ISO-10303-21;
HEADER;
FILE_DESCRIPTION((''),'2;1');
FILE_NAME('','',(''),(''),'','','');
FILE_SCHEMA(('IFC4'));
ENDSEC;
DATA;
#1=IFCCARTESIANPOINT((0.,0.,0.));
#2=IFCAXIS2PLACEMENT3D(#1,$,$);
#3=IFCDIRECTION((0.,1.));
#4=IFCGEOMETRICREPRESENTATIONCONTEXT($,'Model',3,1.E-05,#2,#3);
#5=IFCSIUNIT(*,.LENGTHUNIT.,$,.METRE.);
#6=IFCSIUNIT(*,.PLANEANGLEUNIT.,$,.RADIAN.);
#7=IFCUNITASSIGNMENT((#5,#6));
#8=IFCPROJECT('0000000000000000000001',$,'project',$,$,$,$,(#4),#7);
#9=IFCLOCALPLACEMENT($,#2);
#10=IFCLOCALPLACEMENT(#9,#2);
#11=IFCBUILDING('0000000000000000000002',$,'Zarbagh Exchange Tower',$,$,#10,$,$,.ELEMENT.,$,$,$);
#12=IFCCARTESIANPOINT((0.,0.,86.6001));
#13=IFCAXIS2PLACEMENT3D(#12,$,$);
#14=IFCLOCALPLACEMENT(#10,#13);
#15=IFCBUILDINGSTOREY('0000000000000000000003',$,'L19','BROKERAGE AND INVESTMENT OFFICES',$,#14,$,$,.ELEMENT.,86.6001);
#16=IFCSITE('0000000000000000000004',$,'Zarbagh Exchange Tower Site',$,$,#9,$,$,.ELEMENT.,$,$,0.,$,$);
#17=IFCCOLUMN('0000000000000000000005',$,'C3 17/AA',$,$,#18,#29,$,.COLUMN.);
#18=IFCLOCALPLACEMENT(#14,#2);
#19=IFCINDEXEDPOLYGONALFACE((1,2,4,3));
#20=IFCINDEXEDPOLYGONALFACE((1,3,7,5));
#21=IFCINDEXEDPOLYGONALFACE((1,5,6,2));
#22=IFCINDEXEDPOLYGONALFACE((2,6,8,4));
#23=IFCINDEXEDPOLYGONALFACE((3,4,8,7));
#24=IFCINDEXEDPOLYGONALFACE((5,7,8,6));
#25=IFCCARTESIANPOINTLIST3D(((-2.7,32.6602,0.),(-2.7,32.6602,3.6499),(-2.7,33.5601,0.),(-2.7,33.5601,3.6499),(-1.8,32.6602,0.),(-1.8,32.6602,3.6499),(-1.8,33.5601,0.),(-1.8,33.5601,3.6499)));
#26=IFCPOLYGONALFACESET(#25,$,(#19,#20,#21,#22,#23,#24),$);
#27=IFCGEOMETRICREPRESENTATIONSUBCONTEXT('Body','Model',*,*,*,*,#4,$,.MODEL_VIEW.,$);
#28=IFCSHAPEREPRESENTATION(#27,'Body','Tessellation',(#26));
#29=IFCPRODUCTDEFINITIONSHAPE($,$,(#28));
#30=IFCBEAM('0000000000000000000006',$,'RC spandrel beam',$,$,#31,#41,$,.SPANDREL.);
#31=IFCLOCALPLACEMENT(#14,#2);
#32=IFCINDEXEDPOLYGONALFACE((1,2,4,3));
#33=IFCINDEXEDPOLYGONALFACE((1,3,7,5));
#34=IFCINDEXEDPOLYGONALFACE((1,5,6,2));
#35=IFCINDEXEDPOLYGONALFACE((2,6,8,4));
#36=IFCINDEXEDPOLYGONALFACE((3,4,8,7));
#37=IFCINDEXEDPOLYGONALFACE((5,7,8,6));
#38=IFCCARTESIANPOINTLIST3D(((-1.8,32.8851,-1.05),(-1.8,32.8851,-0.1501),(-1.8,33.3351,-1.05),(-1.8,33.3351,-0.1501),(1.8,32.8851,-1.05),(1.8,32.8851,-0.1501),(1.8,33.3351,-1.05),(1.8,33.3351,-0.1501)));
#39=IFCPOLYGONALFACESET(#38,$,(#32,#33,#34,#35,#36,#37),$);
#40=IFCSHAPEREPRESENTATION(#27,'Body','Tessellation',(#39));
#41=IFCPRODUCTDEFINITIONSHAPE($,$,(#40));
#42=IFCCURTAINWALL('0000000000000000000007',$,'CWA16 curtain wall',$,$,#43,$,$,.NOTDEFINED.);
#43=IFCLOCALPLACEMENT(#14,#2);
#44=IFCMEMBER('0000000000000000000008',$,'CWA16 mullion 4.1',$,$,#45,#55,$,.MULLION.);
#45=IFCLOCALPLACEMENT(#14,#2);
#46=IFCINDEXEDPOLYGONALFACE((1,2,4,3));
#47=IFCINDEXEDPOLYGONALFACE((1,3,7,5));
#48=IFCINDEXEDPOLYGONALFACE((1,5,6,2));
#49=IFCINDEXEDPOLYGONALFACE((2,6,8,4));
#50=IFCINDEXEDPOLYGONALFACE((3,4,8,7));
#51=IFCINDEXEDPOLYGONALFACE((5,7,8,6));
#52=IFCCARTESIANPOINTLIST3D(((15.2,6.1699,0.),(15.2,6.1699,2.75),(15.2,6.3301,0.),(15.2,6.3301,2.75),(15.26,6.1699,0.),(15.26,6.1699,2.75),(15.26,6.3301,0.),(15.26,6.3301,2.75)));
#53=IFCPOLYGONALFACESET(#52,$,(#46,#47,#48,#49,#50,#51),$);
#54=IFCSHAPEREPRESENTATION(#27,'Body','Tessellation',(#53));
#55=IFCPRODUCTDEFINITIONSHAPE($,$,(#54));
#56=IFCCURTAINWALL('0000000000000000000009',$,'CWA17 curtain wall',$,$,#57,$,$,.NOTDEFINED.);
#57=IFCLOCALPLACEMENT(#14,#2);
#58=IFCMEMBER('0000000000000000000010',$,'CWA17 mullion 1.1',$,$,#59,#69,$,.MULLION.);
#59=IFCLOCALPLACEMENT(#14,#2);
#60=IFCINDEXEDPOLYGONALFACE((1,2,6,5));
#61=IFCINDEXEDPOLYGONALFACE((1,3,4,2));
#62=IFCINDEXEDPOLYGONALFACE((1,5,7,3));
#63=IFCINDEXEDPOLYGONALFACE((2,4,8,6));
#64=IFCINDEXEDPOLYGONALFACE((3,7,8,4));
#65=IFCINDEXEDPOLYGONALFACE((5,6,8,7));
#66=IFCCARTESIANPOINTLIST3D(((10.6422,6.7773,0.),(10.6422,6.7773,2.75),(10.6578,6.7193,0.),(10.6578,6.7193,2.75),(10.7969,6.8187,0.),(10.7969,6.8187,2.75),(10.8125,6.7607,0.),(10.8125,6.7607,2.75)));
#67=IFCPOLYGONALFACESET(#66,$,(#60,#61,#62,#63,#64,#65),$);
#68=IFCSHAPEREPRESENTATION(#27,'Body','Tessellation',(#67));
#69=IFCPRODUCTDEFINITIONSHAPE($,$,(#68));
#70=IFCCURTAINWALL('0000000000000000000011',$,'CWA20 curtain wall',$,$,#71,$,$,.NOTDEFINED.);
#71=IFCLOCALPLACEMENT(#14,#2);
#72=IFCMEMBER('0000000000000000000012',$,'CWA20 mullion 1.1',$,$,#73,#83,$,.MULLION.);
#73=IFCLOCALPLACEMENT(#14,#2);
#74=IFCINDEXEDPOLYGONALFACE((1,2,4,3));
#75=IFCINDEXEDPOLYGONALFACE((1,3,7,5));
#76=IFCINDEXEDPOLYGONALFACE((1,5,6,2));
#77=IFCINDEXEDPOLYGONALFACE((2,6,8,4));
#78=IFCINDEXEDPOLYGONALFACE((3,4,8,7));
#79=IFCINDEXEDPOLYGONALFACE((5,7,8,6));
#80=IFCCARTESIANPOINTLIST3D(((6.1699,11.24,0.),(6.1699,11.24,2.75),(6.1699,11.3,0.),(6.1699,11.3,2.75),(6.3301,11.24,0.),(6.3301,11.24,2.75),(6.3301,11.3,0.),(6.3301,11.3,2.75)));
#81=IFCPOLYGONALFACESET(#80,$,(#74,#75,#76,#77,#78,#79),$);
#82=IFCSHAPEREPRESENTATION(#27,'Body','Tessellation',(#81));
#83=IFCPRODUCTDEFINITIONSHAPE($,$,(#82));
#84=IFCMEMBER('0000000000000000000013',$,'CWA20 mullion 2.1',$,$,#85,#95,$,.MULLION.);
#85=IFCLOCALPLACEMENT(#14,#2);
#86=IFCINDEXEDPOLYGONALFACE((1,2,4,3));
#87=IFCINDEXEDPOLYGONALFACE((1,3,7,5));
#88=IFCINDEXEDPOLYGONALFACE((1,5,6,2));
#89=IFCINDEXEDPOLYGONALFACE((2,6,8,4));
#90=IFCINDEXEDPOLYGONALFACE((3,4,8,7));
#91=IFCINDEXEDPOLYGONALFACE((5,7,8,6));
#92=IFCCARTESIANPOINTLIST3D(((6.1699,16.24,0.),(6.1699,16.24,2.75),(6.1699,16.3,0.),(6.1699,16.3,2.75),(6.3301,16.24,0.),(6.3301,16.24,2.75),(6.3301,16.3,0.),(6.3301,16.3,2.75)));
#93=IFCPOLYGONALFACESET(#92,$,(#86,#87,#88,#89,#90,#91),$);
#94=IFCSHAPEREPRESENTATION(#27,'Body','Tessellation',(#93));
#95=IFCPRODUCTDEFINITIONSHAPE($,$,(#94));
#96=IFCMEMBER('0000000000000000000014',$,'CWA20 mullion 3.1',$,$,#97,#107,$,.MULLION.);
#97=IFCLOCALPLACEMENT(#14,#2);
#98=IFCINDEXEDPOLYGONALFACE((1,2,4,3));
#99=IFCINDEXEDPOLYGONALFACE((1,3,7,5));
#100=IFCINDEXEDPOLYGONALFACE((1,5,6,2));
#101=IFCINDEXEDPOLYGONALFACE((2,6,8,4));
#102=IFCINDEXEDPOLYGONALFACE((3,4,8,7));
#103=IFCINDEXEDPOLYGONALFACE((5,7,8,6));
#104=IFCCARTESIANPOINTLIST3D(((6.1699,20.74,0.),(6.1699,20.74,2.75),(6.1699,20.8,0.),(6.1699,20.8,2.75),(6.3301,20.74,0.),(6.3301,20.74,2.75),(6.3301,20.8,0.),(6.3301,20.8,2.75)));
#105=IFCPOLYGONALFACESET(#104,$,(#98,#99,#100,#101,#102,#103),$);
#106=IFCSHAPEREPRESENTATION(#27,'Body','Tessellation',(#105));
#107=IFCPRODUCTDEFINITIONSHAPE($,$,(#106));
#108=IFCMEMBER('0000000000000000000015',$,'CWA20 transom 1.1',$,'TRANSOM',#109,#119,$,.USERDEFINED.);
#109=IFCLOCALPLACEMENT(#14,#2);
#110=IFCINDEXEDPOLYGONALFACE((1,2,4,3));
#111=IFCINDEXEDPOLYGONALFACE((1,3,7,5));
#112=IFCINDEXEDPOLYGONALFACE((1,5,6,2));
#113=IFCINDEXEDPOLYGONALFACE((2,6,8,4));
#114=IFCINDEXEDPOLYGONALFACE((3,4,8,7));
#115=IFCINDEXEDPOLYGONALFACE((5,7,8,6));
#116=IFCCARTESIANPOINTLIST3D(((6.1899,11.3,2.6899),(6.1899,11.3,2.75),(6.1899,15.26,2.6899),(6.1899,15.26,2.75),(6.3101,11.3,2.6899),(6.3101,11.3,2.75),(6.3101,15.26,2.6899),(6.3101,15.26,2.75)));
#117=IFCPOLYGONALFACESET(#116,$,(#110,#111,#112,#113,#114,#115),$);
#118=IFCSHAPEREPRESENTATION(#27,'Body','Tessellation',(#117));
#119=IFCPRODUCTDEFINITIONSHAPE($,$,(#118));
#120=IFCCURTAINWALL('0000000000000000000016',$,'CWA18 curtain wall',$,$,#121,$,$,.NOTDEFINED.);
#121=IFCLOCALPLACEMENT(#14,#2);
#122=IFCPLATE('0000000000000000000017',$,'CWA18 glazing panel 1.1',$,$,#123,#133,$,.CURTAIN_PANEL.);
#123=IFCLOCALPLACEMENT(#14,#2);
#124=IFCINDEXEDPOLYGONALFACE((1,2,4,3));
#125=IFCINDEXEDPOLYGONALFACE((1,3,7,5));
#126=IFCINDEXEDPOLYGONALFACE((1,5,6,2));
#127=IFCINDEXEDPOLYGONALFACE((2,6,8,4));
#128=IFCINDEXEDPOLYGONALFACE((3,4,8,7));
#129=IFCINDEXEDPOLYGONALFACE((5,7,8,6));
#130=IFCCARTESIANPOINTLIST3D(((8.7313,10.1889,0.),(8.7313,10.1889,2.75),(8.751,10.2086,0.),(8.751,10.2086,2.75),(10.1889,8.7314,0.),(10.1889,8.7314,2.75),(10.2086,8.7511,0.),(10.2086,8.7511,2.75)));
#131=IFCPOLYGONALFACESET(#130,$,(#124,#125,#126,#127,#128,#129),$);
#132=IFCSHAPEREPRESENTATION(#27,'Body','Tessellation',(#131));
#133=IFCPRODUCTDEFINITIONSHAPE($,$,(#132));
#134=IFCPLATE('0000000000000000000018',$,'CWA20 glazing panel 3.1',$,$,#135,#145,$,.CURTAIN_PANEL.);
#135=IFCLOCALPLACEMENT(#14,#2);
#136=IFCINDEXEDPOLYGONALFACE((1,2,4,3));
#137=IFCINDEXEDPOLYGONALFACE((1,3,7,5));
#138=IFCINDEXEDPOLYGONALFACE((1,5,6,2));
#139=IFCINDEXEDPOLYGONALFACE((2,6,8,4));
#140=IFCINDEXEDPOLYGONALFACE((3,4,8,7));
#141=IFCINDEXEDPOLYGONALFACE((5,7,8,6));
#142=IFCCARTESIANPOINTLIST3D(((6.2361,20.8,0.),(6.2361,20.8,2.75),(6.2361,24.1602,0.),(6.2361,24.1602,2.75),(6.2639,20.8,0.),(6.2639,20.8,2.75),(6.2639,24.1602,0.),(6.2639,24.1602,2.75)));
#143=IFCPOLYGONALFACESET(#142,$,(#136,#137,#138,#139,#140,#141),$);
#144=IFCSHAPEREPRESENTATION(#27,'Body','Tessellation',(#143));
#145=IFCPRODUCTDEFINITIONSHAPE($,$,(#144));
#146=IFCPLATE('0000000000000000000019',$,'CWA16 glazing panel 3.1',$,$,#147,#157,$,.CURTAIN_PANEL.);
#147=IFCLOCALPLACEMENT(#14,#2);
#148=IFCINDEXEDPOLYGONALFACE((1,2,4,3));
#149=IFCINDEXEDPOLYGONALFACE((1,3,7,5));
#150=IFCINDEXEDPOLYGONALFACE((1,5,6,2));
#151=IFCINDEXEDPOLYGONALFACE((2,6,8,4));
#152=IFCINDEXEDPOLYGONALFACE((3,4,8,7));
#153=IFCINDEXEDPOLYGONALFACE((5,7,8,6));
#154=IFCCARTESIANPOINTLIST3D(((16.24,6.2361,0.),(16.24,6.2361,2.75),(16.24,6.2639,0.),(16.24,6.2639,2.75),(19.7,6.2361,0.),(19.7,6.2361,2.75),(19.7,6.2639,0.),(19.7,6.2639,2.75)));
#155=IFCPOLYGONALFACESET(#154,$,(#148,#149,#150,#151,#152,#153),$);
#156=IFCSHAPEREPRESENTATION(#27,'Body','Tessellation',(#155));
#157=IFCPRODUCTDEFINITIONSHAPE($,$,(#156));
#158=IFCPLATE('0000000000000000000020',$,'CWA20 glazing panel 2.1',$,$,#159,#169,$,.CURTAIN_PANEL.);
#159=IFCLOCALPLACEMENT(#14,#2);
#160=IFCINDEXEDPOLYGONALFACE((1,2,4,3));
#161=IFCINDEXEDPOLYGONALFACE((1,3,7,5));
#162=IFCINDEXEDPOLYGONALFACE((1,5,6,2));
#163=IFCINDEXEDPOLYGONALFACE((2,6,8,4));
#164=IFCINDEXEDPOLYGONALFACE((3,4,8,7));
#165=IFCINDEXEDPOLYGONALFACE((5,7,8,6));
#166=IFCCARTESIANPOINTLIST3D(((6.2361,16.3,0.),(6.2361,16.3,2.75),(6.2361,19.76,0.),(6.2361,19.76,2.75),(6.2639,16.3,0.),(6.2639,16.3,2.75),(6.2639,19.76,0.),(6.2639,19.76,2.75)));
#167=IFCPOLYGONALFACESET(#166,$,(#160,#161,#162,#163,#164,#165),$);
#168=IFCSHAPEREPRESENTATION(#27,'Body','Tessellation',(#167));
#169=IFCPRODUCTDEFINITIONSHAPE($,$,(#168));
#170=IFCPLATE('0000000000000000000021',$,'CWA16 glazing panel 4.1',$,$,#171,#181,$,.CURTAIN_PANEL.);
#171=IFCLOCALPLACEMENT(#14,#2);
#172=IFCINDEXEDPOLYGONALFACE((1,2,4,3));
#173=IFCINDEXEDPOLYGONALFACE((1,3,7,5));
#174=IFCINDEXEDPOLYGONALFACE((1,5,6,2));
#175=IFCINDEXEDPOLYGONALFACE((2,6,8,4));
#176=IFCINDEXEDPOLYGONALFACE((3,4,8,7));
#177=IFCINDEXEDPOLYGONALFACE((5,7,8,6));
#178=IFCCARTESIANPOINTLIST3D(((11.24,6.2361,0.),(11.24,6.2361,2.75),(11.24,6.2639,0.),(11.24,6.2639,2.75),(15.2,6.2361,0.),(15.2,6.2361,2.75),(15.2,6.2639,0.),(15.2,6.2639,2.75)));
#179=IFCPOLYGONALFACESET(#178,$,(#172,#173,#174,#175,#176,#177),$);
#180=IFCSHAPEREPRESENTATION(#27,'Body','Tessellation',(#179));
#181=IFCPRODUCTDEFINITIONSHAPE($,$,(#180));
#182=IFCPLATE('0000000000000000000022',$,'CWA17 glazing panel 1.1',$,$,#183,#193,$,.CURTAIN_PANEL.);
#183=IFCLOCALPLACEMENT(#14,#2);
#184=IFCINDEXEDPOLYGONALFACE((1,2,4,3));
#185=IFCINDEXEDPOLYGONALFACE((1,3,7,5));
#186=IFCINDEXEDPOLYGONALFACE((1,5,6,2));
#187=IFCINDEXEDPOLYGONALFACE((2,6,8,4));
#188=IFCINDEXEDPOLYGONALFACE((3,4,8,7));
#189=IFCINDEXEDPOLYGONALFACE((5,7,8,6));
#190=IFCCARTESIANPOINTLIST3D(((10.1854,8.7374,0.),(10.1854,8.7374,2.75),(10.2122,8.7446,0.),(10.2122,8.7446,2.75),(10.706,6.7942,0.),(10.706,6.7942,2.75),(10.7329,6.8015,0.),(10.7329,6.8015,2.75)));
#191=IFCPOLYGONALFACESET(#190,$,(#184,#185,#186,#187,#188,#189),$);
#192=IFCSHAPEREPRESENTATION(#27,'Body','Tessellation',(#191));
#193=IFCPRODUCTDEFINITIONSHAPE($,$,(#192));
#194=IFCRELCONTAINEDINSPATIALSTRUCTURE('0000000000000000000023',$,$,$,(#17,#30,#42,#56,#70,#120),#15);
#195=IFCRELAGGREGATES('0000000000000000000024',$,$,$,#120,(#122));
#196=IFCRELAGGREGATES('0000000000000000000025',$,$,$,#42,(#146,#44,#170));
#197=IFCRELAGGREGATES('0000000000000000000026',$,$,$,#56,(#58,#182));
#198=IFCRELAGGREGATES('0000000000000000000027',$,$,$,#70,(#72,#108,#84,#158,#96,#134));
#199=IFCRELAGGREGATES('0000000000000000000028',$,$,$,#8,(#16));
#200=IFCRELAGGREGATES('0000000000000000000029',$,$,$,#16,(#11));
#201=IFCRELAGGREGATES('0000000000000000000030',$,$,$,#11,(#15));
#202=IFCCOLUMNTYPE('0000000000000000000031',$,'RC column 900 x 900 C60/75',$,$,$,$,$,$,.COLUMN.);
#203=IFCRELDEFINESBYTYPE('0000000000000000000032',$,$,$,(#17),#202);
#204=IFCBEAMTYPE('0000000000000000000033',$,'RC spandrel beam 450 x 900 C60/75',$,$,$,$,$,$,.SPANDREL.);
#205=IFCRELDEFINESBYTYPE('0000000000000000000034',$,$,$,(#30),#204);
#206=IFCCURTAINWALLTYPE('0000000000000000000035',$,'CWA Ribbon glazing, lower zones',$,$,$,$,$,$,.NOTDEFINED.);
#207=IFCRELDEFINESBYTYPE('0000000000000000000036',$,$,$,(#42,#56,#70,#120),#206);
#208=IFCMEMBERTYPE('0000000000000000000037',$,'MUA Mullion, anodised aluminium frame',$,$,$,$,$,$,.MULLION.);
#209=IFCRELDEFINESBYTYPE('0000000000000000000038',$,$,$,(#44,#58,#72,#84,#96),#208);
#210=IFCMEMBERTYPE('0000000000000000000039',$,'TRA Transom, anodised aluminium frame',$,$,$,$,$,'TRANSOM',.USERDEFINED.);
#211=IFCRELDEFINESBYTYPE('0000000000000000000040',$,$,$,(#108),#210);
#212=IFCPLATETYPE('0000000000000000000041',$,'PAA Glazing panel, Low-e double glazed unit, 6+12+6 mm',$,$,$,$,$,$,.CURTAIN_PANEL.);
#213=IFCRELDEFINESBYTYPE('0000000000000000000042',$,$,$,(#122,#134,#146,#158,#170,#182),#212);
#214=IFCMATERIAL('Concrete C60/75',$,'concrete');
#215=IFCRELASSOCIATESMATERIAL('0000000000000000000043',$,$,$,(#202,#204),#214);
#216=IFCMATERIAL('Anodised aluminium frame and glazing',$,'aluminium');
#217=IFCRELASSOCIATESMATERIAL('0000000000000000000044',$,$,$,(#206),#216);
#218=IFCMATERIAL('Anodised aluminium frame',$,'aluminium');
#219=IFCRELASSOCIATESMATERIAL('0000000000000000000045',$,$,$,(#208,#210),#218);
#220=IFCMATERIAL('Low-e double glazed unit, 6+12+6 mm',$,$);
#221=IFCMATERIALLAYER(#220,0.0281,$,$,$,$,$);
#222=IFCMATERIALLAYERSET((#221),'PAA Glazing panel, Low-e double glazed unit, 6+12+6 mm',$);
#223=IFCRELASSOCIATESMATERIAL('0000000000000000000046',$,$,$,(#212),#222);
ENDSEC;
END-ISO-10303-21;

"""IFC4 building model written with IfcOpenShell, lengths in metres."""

from ifc_helpers import new_model, si_unit, direction, frame, origin, origin_2d, place, context, subcontext, project, spatial, polyline, rectangle, outline, extrude, source, transform, mapped, material, layer, layer_set, material_profile, profile_set, type_object, element, aggregate, save


model = new_model("IFC4")

# Units and contexts
model_context = context("Model", 3, precision=1e-05, world=origin(), true_north=direction((0.0, 1.0)))
body_context = subcontext(model_context, "Body", "Model", "MODEL_VIEW")
ifc_project = project(units=[si_unit("LENGTHUNIT", "METRE"), si_unit("PLANEANGLEUNIT", "RADIAN")], contexts=[model_context])

# Site, building, storey
site_placement = place(None, origin())
site = spatial("IfcSite", under=ifc_project, at=site_placement, Name="Zarbagh Exchange Tower Site", CompositionType="ELEMENT", RefElevation=0.0)
building_placement = place(site_placement, origin())
building = spatial("IfcBuilding", under=site, at=building_placement, Name="Zarbagh Exchange Tower", CompositionType="ELEMENT")
storey_placement = place(building_placement, frame((0.0, 0.0, 86.6001)))
storey = spatial("IfcBuildingStorey", under=building, at=storey_placement, Name="L19", Description="BROKERAGE AND INVESTMENT OFFICES", CompositionType="ELEMENT", Elevation=86.6001)

# Column
ifc_material_1 = material(Name="Concrete C60/75", Category="concrete")
ifc_material_profile_1 = material_profile(ifc_material_1, rectangle(XDim=0.8999, YDim=0.8999, at=origin_2d()), Name="RC column 900 x 900 C60/75")
ifc_profile_set_1 = profile_set([ifc_material_profile_1], Name="Concrete C60/75")
column_type = type_object("IfcColumnType", Name="RC column 900 x 900 C60/75", PredefinedType="COLUMN", material=ifc_profile_set_1)
column_placement = place(storey_placement, frame((-2.25, 33.1101, 0.0), z_axis=(0.0, 0.0, 1.0), x_axis=(1.0, 0.0, 0.0)))
element("IfcColumn", 1, at=column_placement, inside=storey, type_object=column_type, Name="C3 17/AA", PredefinedType="COLUMN", context=body_context, shape_type="SweptSolid", body=[
    extrude(rectangle(XDim=0.8999, YDim=0.8999, at=origin_2d()), origin(), (0.0, 0.0, 1.0), 3.6499),
])

# Beam
ifc_material_profile_2 = material_profile(ifc_material_1, rectangle(XDim=0.45, YDim=0.8999, at=origin_2d()), Name="RC spandrel beam 450 x 900 C60/75")
ifc_profile_set_2 = profile_set([ifc_material_profile_2], Name="Concrete C60/75")
beam_type = type_object("IfcBeamType", Name="RC spandrel beam 450 x 900 C60/75", PredefinedType="SPANDREL", material=ifc_profile_set_2)
beam_placement = place(storey_placement, frame((-1.8, 33.1101, -0.6001), z_axis=(1.0, 0.0, 0.0), x_axis=(0.0, 1.0, 0.0)))
element("IfcBeam", 2, at=beam_placement, inside=storey, type_object=beam_type, Name="RC spandrel beam", PredefinedType="SPANDREL", context=body_context, shape_type="SweptSolid", body=[
    extrude(rectangle(XDim=0.45, YDim=0.8999, at=origin_2d()), origin(), (0.0, 0.0, 1.0), 3.6001),
])

# Curtain walls, members
ifc_material_2 = material(Name="Anodised aluminium frame and glazing", Category="aluminium")
curtain_wall_type = type_object("IfcCurtainWallType", Name="CWA Ribbon glazing, lower zones", PredefinedType="NOTDEFINED", material=ifc_material_2)
curtain_wall_1_placement = place(storey_placement, origin())
curtain_wall_1 = element("IfcCurtainWall", 3, at=curtain_wall_1_placement, inside=storey, type_object=curtain_wall_type, Name="CWA16 curtain wall", PredefinedType="NOTDEFINED")
ifc_material_3 = material(Name="Anodised aluminium frame", Category="aluminium")
member_type_1 = type_object("IfcMemberType", Name="MUA Mullion, anodised aluminium frame", PredefinedType="MULLION", material=ifc_material_3)
shared_shape_1 = source(origin(), body_context, "Body", "SweptSolid", [
    extrude(outline(polyline([(0.0, -0.0801), (0.0601, -0.0801), (0.0601, 0.0801), (0.0, 0.0801), (0.0, -0.0801)])), origin(), (0.0, 0.0, 1.0), 2.75),
])
placement = place(storey_placement, origin())
member_1 = element("IfcMember", 4, at=placement, type_object=member_type_1, Name="CWA16 mullion 4.1", PredefinedType="MULLION", context=body_context, shape_type="MappedRepresentation", body=[
    mapped(shared_shape_1, transform((15.26, 6.25, 0.0), x_axis=(-1.0, 0.0, 0.0), y_axis=(0.0, -1.0, 0.0), z_axis=(0.0, 0.0, 1.0))),
])
curtain_wall_2_placement = place(storey_placement, origin())
curtain_wall_2 = element("IfcCurtainWall", 5, at=curtain_wall_2_placement, inside=storey, type_object=curtain_wall_type, Name="CWA17 curtain wall", PredefinedType="NOTDEFINED")
member_2 = element("IfcMember", 6, at=placement, type_object=member_type_1, Name="CWA17 mullion 1.1", PredefinedType="MULLION", context=body_context, shape_type="MappedRepresentation", body=[
    mapped(shared_shape_1, transform((10.7351, 6.74, 0.0), x_axis=(-0.258825, 0.965924, 0.0), y_axis=(-0.965924, -0.258825, 0.0), z_axis=(0.0, 0.0, 1.0))),
])

# Curtain wall, members
curtain_wall_3_placement = place(storey_placement, origin())
curtain_wall_3 = element("IfcCurtainWall", 7, at=curtain_wall_3_placement, inside=storey, type_object=curtain_wall_type, Name="CWA20 curtain wall", PredefinedType="NOTDEFINED")
member_3 = element("IfcMember", 8, at=placement, type_object=member_type_1, Name="CWA20 mullion 1.1", PredefinedType="MULLION", context=body_context, shape_type="MappedRepresentation", body=[
    mapped(shared_shape_1, transform((6.25, 11.24, 0.0), x_axis=(0.0, 1.0, 0.0), y_axis=(-1.0, 0.0, 0.0), z_axis=(0.0, 0.0, 1.0))),
])
member_4 = element("IfcMember", 9, at=placement, type_object=member_type_1, Name="CWA20 mullion 2.1", PredefinedType="MULLION", context=body_context, shape_type="MappedRepresentation", body=[
    mapped(shared_shape_1, transform((6.25, 16.24, 0.0), x_axis=(0.0, 1.0, 0.0), y_axis=(-1.0, 0.0, 0.0), z_axis=(0.0, 0.0, 1.0))),
])
member_5 = element("IfcMember", 10, at=placement, type_object=member_type_1, Name="CWA20 mullion 3.1", PredefinedType="MULLION", context=body_context, shape_type="MappedRepresentation", body=[
    mapped(shared_shape_1, transform((6.25, 20.74, 0.0), x_axis=(0.0, 1.0, 0.0), y_axis=(-1.0, 0.0, 0.0), z_axis=(0.0, 0.0, 1.0))),
])
member_type_2 = type_object("IfcMemberType", Name="TRA Transom, anodised aluminium frame", ElementType="TRANSOM", PredefinedType="USERDEFINED", material=ifc_material_3)
shared_shape_2 = source(origin(), body_context, "Body", "SweptSolid", [
    extrude(outline(polyline([(-0.0601, -0.0601), (0.0, -0.0601), (0.0, 0.0601), (-0.0601, 0.0601), (-0.0601, -0.0601)])), origin(), (0.0, 0.0, 1.0), 3.96),
])
member_6 = element("IfcMember", 11, at=placement, type_object=member_type_2, Name="CWA20 transom 1.1", ObjectType="TRANSOM", PredefinedType="USERDEFINED", context=body_context, shape_type="MappedRepresentation", body=[
    mapped(shared_shape_2, transform((6.25, 11.3, 2.75), x_axis=(0.0, 0.0, 1.0), y_axis=(1.0, 0.0, 0.0), z_axis=(0.0, 1.0, 0.0))),
])

# Curtain wall, plate
curtain_wall_4_placement = place(storey_placement, origin())
curtain_wall_4 = element("IfcCurtainWall", 12, at=curtain_wall_4_placement, inside=storey, type_object=curtain_wall_type, Name="CWA18 curtain wall", PredefinedType="NOTDEFINED")
ifc_material_4 = material(Name="Low-e double glazed unit, 6+12+6 mm")
ifc_layer_1 = layer(ifc_material_4, 0.0281)
ifc_layer_set_1 = layer_set([ifc_layer_1], Name="PAA Glazing panel, Low-e double glazed unit, 6+12+6 mm")
plate_type = type_object("IfcPlateType", Name="PAA Glazing panel, Low-e double glazed unit, 6+12+6 mm", PredefinedType="CURTAIN_PANEL", material=ifc_layer_set_1)
shared_shape_3 = source(origin(), body_context, "Body", "SweptSolid", [
    extrude(outline(polyline([(0.0, -0.0139), (2.0613, -0.0139), (2.0613, 0.0139), (0.0, 0.0139), (0.0, -0.0139)])), origin(), (0.0, 0.0, 1.0), 2.75),
])
plate_1 = element("IfcPlate", 13, at=placement, type_object=plate_type, Name="CWA18 glazing panel 1.1", PredefinedType="CURTAIN_PANEL", context=body_context, shape_type="MappedRepresentation", body=[
    mapped(shared_shape_3, transform((10.1987, 8.7412, 0.0), x_axis=(-0.707107, 0.707107, 0.0), y_axis=(-0.707107, -0.707107, 0.0), z_axis=(0.0, 0.0, 1.0))),
])
aggregate(curtain_wall_4, [plate_1])

# Plates
shared_shape_4 = source(origin(), body_context, "Body", "SweptSolid", [
    extrude(outline(polyline([(0.0, -0.0139), (3.3601, -0.0139), (3.3601, 0.0139), (0.0, 0.0139), (0.0, -0.0139)])), origin(), (0.0, 0.0, 1.0), 2.75),
])
plate_2 = element("IfcPlate", 14, at=placement, type_object=plate_type, Name="CWA20 glazing panel 3.1", PredefinedType="CURTAIN_PANEL", context=body_context, shape_type="MappedRepresentation", body=[
    mapped(shared_shape_4, transform((6.25, 20.8, 0.0), x_axis=(0.0, 1.0, 0.0), y_axis=(-1.0, 0.0, 0.0), z_axis=(0.0, 0.0, 1.0))),
])
shared_shape_5 = source(origin(), body_context, "Body", "SweptSolid", [
    extrude(outline(polyline([(0.0, -0.0139), (3.46, -0.0139), (3.46, 0.0139), (0.0, 0.0139), (0.0, -0.0139)])), origin(), (0.0, 0.0, 1.0), 2.75),
])
plate_3 = element("IfcPlate", 15, at=placement, type_object=plate_type, Name="CWA16 glazing panel 3.1", PredefinedType="CURTAIN_PANEL", context=body_context, shape_type="MappedRepresentation", body=[
    mapped(shared_shape_5, transform((19.7, 6.25, 0.0), x_axis=(-1.0, 0.0, 0.0), y_axis=(0.0, -1.0, 0.0), z_axis=(0.0, 0.0, 1.0))),
])
plate_4 = element("IfcPlate", 16, at=placement, type_object=plate_type, Name="CWA20 glazing panel 2.1", PredefinedType="CURTAIN_PANEL", context=body_context, shape_type="MappedRepresentation", body=[
    mapped(shared_shape_5, transform((6.25, 16.3, 0.0), x_axis=(0.0, 1.0, 0.0), y_axis=(-1.0, 0.0, 0.0), z_axis=(0.0, 0.0, 1.0))),
])
shared_shape_6 = source(origin(), body_context, "Body", "SweptSolid", [
    extrude(outline(polyline([(0.0, -0.0139), (3.96, -0.0139), (3.96, 0.0139), (0.0, 0.0139), (0.0, -0.0139)])), origin(), (0.0, 0.0, 1.0), 2.75),
])
plate_5 = element("IfcPlate", 17, at=placement, type_object=plate_type, Name="CWA16 glazing panel 4.1", PredefinedType="CURTAIN_PANEL", context=body_context, shape_type="MappedRepresentation", body=[
    mapped(shared_shape_6, transform((15.2, 6.25, 0.0), x_axis=(-1.0, 0.0, 0.0), y_axis=(0.0, -1.0, 0.0), z_axis=(0.0, 0.0, 1.0))),
])
aggregate(curtain_wall_1, [plate_3, member_1, plate_5])
shared_shape_7 = source(origin(), body_context, "Body", "SweptSolid", [
    extrude(outline(polyline([(0.0, -0.0139), (2.0117, -0.0139), (2.0117, 0.0139), (0.0, 0.0139), (0.0, -0.0139)])), origin(), (0.0, 0.0, 1.0), 2.75),
])
plate_6 = element("IfcPlate", 18, at=placement, type_object=plate_type, Name="CWA17 glazing panel 1.1", PredefinedType="CURTAIN_PANEL", context=body_context, shape_type="MappedRepresentation", body=[
    mapped(shared_shape_7, transform((10.7195, 6.7979, 0.0), x_axis=(-0.258825, 0.965924, 0.0), y_axis=(-0.965924, -0.258825, 0.0), z_axis=(0.0, 0.0, 1.0))),
])
aggregate(curtain_wall_2, [member_2, plate_6])

aggregate(curtain_wall_3, [member_3, member_6, member_4, plate_4, member_5, plate_2])

save(model, "model.ifc")
